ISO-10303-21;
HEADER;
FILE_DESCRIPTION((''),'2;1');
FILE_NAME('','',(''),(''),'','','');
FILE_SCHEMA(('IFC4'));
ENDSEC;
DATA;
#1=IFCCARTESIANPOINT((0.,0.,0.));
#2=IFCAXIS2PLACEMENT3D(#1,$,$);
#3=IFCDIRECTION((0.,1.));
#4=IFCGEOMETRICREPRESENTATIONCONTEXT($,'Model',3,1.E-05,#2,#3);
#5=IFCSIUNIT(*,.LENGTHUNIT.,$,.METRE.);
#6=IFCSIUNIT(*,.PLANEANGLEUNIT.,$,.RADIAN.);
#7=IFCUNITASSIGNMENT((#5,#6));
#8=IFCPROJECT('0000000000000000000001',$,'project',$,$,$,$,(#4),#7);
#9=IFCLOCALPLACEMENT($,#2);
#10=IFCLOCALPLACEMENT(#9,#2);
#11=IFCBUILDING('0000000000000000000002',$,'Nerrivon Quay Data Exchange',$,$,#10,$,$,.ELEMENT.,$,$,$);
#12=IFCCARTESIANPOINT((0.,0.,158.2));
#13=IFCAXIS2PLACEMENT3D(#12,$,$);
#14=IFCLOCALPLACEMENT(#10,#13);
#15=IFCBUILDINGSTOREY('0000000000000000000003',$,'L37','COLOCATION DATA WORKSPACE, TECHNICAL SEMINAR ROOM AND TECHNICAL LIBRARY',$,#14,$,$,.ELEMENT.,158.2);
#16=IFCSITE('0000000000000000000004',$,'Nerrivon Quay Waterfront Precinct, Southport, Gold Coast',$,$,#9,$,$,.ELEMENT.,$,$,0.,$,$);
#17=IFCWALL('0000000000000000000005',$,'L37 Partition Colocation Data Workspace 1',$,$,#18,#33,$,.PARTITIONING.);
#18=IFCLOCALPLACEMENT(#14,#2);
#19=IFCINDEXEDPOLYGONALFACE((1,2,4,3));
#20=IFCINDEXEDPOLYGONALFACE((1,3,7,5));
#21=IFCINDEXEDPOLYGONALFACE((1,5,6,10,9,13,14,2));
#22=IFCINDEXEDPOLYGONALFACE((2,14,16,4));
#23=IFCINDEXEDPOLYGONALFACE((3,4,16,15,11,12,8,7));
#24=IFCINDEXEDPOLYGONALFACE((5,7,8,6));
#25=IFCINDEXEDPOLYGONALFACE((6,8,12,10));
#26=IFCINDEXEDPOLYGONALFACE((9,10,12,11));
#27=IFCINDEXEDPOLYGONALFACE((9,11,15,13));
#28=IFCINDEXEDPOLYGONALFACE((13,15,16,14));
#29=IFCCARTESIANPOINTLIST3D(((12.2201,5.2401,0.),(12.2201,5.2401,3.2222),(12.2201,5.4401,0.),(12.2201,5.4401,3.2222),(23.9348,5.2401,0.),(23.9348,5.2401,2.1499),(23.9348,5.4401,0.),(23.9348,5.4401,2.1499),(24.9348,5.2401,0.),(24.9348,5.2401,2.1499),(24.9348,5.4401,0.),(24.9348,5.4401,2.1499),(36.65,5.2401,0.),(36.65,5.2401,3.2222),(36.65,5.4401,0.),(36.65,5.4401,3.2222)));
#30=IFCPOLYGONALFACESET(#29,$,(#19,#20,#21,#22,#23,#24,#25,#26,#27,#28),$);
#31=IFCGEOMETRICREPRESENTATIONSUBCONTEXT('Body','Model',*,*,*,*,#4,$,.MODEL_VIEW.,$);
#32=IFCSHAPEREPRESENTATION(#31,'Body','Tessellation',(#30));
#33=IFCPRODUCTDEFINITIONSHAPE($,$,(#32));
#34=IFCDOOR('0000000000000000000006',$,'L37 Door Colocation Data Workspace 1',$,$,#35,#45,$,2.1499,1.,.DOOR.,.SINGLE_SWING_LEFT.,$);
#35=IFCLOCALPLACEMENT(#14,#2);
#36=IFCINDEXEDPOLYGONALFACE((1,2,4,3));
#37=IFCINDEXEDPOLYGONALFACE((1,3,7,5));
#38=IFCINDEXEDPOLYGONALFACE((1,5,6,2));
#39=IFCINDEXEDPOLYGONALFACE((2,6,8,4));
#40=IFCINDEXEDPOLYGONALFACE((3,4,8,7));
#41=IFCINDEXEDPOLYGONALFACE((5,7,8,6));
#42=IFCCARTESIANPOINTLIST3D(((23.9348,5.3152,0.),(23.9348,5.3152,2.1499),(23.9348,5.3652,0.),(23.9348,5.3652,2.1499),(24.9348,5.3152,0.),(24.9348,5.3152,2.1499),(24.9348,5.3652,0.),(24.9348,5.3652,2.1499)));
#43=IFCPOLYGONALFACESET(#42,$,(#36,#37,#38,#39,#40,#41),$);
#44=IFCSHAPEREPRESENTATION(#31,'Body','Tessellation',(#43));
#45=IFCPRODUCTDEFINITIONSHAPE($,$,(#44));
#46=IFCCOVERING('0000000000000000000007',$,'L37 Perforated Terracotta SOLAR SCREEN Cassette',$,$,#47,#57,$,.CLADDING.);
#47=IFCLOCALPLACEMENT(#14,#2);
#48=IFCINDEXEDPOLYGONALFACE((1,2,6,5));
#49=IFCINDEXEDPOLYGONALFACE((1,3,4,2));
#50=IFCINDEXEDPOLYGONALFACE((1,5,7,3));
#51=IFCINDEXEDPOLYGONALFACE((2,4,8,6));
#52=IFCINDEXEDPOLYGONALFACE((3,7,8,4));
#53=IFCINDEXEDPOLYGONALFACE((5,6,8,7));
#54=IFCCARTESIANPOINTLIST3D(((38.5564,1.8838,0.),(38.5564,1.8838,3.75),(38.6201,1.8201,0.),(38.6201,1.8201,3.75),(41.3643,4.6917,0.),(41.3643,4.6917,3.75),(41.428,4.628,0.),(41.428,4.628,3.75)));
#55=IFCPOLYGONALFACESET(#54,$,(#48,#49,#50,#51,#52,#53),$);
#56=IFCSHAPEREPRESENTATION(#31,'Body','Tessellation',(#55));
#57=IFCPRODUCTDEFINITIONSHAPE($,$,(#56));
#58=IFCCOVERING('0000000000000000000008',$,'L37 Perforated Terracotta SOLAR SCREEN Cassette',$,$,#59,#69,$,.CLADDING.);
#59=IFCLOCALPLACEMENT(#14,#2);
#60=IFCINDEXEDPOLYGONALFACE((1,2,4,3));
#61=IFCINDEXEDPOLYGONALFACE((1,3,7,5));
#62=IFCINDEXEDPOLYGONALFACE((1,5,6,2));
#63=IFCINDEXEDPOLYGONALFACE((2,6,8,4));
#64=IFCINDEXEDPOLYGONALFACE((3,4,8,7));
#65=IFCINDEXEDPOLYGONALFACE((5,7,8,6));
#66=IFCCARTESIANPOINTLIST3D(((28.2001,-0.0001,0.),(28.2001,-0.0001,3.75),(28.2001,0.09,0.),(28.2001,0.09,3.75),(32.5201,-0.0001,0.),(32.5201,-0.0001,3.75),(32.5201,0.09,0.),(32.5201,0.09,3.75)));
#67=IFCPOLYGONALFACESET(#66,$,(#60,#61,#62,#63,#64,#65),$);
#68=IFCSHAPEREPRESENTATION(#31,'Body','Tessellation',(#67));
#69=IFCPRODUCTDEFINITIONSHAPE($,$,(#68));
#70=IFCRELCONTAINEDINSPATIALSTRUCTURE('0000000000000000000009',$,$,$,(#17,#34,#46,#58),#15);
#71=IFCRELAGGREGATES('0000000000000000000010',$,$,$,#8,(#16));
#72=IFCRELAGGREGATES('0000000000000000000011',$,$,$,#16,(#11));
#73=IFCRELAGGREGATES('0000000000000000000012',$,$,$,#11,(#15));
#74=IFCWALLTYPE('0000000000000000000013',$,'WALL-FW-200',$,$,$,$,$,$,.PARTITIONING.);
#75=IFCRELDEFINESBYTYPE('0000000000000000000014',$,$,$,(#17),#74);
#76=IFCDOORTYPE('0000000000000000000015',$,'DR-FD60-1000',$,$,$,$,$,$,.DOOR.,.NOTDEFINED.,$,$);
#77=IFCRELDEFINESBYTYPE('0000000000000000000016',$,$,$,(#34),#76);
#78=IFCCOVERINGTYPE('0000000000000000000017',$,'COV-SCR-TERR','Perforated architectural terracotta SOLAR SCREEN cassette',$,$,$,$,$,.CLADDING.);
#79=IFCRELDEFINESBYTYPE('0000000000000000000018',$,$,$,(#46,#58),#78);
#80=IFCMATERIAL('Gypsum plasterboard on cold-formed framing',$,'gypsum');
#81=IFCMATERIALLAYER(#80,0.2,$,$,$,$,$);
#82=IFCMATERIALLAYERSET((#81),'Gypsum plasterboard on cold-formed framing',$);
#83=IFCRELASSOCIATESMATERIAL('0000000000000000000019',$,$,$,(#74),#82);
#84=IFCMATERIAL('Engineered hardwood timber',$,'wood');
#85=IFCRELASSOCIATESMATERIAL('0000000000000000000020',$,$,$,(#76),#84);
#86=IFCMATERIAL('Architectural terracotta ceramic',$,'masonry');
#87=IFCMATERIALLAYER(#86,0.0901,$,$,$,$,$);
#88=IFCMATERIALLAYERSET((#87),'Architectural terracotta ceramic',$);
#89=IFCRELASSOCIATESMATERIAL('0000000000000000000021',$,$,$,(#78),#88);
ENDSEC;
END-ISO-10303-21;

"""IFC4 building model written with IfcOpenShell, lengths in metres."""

from ifc_helpers import new_model, si_unit, direction, frame, frame_2d, origin, origin_2d, place, context, subcontext, project, spatial, rectangle, extrude, material, layer, layer_set, type_object, element, fill, save


model = new_model("IFC4")

# Units and contexts
model_context = context("Model", 3, precision=1e-05, world=origin(), true_north=direction((0.0, 1.0)))
body_context = subcontext(model_context, "Body", "Model", "MODEL_VIEW")
ifc_project = project(units=[si_unit("LENGTHUNIT", "METRE"), si_unit("PLANEANGLEUNIT", "RADIAN")], contexts=[model_context])

# Site, building, storey
site_placement = place(None, origin())
site = spatial("IfcSite", under=ifc_project, at=site_placement, Name="Nerrivon Quay Waterfront Precinct, Southport, Gold Coast", CompositionType="ELEMENT", RefElevation=0.0)
building_placement = place(site_placement, origin())
building = spatial("IfcBuilding", under=site, at=building_placement, Name="Nerrivon Quay Data Exchange", CompositionType="ELEMENT")
storey_placement = place(building_placement, frame((0.0, 0.0, 158.2)))
storey = spatial("IfcBuildingStorey", under=building, at=storey_placement, Name="L37", Description="COLOCATION DATA WORKSPACE, TECHNICAL SEMINAR ROOM AND TECHNICAL LIBRARY", CompositionType="ELEMENT", Elevation=158.2)

# Wall, opening, door
ifc_material_1 = material(Name="Gypsum plasterboard on cold-formed framing", Category="gypsum")
ifc_layer_1 = layer(ifc_material_1, 0.2)
ifc_layer_set_1 = layer_set([ifc_layer_1], Name="Gypsum plasterboard on cold-formed framing")
wall_type_1 = type_object("IfcWallType", Name="WALL-FW-200", PredefinedType="PARTITIONING", material=ifc_layer_set_1)
wall_1_placement = place(storey_placement, frame((36.6499, 5.3401, 0.0), z_axis=(0.0, 0.0, 1.0), x_axis=(-1.0, 0.0, 0.0)))
wall_1 = element("IfcWall", 1, at=wall_1_placement, inside=storey, type_object=wall_type_1, Name="L37 Partition Colocation Data Workspace 1", PredefinedType="PARTITIONING", context=body_context, shape_type="SweptSolid", body=[
    extrude(rectangle(XDim=24.4299, YDim=0.2, at=frame_2d((12.2148, 0.0))), origin(), (0.0, 0.0, 1.0), 3.2222),
])
opening_1_placement = place(wall_1_placement, frame((11.7151, 0.0, 0.0)))
opening_1 = element("IfcOpeningElement", 2, at=opening_1_placement, cuts=wall_1, PredefinedType="OPENING", context=body_context, shape_type="SweptSolid", body=[
    extrude(rectangle(XDim=1.0, YDim=2.1499, at=frame_2d((0.5, 1.075))), frame((0.0, 0.1099, 0.0), z_axis=(0.0, -1.0, 0.0), x_axis=(1.0, 0.0, 0.0)), (0.0, 0.0, 1.0), 0.22),
])
ifc_material_2 = material(Name="Engineered hardwood timber", Category="wood")
door_type_1 = type_object("IfcDoorType", Name="DR-FD60-1000", OperationType="NOTDEFINED", PredefinedType="DOOR", material=ifc_material_2)
door_1_placement = place(opening_1_placement, origin())
door_1 = element("IfcDoor", 3, at=door_1_placement, inside=storey, type_object=door_type_1, Name="L37 Door Colocation Data Workspace 1", OperationType="SINGLE_SWING_LEFT", OverallHeight=2.1499, OverallWidth=1.0, PredefinedType="DOOR", context=body_context, shape_type="SweptSolid", body=[
    extrude(rectangle(XDim=1.0, YDim=2.1499, at=frame_2d((0.5, 1.075))), frame((0.0, 0.0249, 0.0), z_axis=(0.0, -1.0, 0.0), x_axis=(1.0, 0.0, 0.0)), (0.0, 0.0, 1.0), 0.05),
])
fill(opening_1, door_1)

# Coverings
ifc_material_3 = material(Name="Architectural terracotta ceramic", Category="masonry")
ifc_layer_2 = layer(ifc_material_3, 0.0901)
ifc_layer_set_2 = layer_set([ifc_layer_2], Name="Architectural terracotta ceramic")
covering_type = type_object("IfcCoveringType", Name="COV-SCR-TERR", Description="Perforated architectural terracotta SOLAR SCREEN cassette", PredefinedType="CLADDING", material=ifc_layer_set_2)
covering_1_placement = place(storey_placement, frame((39.9922, 3.2559, 0.0), z_axis=(0.0, 0.0, 1.0), x_axis=(-0.707107, -0.707107, 0.0)))
element("IfcCovering", 4, at=covering_1_placement, inside=storey, type_object=covering_type, Name="L37 Perforated Terracotta SOLAR SCREEN Cassette", PredefinedType="CLADDING", context=body_context, shape_type="SweptSolid", body=[
    extrude(rectangle(XDim=3.9709, YDim=0.0901, at=origin_2d()), origin(), (0.0, 0.0, 1.0), 3.75),
])
covering_2_placement = place(storey_placement, frame((30.3601, 0.0449, 0.0), z_axis=(0.0, 0.0, 1.0), x_axis=(-1.0, 0.0, 0.0)))
element("IfcCovering", 5, at=covering_2_placement, inside=storey, type_object=covering_type, Name="L37 Perforated Terracotta SOLAR SCREEN Cassette", PredefinedType="CLADDING", context=body_context, shape_type="SweptSolid", body=[
    extrude(rectangle(XDim=4.3201, YDim=0.0901, at=origin_2d()), origin(), (0.0, 0.0, 1.0), 3.75),
])

save(model, "model.ifc")
